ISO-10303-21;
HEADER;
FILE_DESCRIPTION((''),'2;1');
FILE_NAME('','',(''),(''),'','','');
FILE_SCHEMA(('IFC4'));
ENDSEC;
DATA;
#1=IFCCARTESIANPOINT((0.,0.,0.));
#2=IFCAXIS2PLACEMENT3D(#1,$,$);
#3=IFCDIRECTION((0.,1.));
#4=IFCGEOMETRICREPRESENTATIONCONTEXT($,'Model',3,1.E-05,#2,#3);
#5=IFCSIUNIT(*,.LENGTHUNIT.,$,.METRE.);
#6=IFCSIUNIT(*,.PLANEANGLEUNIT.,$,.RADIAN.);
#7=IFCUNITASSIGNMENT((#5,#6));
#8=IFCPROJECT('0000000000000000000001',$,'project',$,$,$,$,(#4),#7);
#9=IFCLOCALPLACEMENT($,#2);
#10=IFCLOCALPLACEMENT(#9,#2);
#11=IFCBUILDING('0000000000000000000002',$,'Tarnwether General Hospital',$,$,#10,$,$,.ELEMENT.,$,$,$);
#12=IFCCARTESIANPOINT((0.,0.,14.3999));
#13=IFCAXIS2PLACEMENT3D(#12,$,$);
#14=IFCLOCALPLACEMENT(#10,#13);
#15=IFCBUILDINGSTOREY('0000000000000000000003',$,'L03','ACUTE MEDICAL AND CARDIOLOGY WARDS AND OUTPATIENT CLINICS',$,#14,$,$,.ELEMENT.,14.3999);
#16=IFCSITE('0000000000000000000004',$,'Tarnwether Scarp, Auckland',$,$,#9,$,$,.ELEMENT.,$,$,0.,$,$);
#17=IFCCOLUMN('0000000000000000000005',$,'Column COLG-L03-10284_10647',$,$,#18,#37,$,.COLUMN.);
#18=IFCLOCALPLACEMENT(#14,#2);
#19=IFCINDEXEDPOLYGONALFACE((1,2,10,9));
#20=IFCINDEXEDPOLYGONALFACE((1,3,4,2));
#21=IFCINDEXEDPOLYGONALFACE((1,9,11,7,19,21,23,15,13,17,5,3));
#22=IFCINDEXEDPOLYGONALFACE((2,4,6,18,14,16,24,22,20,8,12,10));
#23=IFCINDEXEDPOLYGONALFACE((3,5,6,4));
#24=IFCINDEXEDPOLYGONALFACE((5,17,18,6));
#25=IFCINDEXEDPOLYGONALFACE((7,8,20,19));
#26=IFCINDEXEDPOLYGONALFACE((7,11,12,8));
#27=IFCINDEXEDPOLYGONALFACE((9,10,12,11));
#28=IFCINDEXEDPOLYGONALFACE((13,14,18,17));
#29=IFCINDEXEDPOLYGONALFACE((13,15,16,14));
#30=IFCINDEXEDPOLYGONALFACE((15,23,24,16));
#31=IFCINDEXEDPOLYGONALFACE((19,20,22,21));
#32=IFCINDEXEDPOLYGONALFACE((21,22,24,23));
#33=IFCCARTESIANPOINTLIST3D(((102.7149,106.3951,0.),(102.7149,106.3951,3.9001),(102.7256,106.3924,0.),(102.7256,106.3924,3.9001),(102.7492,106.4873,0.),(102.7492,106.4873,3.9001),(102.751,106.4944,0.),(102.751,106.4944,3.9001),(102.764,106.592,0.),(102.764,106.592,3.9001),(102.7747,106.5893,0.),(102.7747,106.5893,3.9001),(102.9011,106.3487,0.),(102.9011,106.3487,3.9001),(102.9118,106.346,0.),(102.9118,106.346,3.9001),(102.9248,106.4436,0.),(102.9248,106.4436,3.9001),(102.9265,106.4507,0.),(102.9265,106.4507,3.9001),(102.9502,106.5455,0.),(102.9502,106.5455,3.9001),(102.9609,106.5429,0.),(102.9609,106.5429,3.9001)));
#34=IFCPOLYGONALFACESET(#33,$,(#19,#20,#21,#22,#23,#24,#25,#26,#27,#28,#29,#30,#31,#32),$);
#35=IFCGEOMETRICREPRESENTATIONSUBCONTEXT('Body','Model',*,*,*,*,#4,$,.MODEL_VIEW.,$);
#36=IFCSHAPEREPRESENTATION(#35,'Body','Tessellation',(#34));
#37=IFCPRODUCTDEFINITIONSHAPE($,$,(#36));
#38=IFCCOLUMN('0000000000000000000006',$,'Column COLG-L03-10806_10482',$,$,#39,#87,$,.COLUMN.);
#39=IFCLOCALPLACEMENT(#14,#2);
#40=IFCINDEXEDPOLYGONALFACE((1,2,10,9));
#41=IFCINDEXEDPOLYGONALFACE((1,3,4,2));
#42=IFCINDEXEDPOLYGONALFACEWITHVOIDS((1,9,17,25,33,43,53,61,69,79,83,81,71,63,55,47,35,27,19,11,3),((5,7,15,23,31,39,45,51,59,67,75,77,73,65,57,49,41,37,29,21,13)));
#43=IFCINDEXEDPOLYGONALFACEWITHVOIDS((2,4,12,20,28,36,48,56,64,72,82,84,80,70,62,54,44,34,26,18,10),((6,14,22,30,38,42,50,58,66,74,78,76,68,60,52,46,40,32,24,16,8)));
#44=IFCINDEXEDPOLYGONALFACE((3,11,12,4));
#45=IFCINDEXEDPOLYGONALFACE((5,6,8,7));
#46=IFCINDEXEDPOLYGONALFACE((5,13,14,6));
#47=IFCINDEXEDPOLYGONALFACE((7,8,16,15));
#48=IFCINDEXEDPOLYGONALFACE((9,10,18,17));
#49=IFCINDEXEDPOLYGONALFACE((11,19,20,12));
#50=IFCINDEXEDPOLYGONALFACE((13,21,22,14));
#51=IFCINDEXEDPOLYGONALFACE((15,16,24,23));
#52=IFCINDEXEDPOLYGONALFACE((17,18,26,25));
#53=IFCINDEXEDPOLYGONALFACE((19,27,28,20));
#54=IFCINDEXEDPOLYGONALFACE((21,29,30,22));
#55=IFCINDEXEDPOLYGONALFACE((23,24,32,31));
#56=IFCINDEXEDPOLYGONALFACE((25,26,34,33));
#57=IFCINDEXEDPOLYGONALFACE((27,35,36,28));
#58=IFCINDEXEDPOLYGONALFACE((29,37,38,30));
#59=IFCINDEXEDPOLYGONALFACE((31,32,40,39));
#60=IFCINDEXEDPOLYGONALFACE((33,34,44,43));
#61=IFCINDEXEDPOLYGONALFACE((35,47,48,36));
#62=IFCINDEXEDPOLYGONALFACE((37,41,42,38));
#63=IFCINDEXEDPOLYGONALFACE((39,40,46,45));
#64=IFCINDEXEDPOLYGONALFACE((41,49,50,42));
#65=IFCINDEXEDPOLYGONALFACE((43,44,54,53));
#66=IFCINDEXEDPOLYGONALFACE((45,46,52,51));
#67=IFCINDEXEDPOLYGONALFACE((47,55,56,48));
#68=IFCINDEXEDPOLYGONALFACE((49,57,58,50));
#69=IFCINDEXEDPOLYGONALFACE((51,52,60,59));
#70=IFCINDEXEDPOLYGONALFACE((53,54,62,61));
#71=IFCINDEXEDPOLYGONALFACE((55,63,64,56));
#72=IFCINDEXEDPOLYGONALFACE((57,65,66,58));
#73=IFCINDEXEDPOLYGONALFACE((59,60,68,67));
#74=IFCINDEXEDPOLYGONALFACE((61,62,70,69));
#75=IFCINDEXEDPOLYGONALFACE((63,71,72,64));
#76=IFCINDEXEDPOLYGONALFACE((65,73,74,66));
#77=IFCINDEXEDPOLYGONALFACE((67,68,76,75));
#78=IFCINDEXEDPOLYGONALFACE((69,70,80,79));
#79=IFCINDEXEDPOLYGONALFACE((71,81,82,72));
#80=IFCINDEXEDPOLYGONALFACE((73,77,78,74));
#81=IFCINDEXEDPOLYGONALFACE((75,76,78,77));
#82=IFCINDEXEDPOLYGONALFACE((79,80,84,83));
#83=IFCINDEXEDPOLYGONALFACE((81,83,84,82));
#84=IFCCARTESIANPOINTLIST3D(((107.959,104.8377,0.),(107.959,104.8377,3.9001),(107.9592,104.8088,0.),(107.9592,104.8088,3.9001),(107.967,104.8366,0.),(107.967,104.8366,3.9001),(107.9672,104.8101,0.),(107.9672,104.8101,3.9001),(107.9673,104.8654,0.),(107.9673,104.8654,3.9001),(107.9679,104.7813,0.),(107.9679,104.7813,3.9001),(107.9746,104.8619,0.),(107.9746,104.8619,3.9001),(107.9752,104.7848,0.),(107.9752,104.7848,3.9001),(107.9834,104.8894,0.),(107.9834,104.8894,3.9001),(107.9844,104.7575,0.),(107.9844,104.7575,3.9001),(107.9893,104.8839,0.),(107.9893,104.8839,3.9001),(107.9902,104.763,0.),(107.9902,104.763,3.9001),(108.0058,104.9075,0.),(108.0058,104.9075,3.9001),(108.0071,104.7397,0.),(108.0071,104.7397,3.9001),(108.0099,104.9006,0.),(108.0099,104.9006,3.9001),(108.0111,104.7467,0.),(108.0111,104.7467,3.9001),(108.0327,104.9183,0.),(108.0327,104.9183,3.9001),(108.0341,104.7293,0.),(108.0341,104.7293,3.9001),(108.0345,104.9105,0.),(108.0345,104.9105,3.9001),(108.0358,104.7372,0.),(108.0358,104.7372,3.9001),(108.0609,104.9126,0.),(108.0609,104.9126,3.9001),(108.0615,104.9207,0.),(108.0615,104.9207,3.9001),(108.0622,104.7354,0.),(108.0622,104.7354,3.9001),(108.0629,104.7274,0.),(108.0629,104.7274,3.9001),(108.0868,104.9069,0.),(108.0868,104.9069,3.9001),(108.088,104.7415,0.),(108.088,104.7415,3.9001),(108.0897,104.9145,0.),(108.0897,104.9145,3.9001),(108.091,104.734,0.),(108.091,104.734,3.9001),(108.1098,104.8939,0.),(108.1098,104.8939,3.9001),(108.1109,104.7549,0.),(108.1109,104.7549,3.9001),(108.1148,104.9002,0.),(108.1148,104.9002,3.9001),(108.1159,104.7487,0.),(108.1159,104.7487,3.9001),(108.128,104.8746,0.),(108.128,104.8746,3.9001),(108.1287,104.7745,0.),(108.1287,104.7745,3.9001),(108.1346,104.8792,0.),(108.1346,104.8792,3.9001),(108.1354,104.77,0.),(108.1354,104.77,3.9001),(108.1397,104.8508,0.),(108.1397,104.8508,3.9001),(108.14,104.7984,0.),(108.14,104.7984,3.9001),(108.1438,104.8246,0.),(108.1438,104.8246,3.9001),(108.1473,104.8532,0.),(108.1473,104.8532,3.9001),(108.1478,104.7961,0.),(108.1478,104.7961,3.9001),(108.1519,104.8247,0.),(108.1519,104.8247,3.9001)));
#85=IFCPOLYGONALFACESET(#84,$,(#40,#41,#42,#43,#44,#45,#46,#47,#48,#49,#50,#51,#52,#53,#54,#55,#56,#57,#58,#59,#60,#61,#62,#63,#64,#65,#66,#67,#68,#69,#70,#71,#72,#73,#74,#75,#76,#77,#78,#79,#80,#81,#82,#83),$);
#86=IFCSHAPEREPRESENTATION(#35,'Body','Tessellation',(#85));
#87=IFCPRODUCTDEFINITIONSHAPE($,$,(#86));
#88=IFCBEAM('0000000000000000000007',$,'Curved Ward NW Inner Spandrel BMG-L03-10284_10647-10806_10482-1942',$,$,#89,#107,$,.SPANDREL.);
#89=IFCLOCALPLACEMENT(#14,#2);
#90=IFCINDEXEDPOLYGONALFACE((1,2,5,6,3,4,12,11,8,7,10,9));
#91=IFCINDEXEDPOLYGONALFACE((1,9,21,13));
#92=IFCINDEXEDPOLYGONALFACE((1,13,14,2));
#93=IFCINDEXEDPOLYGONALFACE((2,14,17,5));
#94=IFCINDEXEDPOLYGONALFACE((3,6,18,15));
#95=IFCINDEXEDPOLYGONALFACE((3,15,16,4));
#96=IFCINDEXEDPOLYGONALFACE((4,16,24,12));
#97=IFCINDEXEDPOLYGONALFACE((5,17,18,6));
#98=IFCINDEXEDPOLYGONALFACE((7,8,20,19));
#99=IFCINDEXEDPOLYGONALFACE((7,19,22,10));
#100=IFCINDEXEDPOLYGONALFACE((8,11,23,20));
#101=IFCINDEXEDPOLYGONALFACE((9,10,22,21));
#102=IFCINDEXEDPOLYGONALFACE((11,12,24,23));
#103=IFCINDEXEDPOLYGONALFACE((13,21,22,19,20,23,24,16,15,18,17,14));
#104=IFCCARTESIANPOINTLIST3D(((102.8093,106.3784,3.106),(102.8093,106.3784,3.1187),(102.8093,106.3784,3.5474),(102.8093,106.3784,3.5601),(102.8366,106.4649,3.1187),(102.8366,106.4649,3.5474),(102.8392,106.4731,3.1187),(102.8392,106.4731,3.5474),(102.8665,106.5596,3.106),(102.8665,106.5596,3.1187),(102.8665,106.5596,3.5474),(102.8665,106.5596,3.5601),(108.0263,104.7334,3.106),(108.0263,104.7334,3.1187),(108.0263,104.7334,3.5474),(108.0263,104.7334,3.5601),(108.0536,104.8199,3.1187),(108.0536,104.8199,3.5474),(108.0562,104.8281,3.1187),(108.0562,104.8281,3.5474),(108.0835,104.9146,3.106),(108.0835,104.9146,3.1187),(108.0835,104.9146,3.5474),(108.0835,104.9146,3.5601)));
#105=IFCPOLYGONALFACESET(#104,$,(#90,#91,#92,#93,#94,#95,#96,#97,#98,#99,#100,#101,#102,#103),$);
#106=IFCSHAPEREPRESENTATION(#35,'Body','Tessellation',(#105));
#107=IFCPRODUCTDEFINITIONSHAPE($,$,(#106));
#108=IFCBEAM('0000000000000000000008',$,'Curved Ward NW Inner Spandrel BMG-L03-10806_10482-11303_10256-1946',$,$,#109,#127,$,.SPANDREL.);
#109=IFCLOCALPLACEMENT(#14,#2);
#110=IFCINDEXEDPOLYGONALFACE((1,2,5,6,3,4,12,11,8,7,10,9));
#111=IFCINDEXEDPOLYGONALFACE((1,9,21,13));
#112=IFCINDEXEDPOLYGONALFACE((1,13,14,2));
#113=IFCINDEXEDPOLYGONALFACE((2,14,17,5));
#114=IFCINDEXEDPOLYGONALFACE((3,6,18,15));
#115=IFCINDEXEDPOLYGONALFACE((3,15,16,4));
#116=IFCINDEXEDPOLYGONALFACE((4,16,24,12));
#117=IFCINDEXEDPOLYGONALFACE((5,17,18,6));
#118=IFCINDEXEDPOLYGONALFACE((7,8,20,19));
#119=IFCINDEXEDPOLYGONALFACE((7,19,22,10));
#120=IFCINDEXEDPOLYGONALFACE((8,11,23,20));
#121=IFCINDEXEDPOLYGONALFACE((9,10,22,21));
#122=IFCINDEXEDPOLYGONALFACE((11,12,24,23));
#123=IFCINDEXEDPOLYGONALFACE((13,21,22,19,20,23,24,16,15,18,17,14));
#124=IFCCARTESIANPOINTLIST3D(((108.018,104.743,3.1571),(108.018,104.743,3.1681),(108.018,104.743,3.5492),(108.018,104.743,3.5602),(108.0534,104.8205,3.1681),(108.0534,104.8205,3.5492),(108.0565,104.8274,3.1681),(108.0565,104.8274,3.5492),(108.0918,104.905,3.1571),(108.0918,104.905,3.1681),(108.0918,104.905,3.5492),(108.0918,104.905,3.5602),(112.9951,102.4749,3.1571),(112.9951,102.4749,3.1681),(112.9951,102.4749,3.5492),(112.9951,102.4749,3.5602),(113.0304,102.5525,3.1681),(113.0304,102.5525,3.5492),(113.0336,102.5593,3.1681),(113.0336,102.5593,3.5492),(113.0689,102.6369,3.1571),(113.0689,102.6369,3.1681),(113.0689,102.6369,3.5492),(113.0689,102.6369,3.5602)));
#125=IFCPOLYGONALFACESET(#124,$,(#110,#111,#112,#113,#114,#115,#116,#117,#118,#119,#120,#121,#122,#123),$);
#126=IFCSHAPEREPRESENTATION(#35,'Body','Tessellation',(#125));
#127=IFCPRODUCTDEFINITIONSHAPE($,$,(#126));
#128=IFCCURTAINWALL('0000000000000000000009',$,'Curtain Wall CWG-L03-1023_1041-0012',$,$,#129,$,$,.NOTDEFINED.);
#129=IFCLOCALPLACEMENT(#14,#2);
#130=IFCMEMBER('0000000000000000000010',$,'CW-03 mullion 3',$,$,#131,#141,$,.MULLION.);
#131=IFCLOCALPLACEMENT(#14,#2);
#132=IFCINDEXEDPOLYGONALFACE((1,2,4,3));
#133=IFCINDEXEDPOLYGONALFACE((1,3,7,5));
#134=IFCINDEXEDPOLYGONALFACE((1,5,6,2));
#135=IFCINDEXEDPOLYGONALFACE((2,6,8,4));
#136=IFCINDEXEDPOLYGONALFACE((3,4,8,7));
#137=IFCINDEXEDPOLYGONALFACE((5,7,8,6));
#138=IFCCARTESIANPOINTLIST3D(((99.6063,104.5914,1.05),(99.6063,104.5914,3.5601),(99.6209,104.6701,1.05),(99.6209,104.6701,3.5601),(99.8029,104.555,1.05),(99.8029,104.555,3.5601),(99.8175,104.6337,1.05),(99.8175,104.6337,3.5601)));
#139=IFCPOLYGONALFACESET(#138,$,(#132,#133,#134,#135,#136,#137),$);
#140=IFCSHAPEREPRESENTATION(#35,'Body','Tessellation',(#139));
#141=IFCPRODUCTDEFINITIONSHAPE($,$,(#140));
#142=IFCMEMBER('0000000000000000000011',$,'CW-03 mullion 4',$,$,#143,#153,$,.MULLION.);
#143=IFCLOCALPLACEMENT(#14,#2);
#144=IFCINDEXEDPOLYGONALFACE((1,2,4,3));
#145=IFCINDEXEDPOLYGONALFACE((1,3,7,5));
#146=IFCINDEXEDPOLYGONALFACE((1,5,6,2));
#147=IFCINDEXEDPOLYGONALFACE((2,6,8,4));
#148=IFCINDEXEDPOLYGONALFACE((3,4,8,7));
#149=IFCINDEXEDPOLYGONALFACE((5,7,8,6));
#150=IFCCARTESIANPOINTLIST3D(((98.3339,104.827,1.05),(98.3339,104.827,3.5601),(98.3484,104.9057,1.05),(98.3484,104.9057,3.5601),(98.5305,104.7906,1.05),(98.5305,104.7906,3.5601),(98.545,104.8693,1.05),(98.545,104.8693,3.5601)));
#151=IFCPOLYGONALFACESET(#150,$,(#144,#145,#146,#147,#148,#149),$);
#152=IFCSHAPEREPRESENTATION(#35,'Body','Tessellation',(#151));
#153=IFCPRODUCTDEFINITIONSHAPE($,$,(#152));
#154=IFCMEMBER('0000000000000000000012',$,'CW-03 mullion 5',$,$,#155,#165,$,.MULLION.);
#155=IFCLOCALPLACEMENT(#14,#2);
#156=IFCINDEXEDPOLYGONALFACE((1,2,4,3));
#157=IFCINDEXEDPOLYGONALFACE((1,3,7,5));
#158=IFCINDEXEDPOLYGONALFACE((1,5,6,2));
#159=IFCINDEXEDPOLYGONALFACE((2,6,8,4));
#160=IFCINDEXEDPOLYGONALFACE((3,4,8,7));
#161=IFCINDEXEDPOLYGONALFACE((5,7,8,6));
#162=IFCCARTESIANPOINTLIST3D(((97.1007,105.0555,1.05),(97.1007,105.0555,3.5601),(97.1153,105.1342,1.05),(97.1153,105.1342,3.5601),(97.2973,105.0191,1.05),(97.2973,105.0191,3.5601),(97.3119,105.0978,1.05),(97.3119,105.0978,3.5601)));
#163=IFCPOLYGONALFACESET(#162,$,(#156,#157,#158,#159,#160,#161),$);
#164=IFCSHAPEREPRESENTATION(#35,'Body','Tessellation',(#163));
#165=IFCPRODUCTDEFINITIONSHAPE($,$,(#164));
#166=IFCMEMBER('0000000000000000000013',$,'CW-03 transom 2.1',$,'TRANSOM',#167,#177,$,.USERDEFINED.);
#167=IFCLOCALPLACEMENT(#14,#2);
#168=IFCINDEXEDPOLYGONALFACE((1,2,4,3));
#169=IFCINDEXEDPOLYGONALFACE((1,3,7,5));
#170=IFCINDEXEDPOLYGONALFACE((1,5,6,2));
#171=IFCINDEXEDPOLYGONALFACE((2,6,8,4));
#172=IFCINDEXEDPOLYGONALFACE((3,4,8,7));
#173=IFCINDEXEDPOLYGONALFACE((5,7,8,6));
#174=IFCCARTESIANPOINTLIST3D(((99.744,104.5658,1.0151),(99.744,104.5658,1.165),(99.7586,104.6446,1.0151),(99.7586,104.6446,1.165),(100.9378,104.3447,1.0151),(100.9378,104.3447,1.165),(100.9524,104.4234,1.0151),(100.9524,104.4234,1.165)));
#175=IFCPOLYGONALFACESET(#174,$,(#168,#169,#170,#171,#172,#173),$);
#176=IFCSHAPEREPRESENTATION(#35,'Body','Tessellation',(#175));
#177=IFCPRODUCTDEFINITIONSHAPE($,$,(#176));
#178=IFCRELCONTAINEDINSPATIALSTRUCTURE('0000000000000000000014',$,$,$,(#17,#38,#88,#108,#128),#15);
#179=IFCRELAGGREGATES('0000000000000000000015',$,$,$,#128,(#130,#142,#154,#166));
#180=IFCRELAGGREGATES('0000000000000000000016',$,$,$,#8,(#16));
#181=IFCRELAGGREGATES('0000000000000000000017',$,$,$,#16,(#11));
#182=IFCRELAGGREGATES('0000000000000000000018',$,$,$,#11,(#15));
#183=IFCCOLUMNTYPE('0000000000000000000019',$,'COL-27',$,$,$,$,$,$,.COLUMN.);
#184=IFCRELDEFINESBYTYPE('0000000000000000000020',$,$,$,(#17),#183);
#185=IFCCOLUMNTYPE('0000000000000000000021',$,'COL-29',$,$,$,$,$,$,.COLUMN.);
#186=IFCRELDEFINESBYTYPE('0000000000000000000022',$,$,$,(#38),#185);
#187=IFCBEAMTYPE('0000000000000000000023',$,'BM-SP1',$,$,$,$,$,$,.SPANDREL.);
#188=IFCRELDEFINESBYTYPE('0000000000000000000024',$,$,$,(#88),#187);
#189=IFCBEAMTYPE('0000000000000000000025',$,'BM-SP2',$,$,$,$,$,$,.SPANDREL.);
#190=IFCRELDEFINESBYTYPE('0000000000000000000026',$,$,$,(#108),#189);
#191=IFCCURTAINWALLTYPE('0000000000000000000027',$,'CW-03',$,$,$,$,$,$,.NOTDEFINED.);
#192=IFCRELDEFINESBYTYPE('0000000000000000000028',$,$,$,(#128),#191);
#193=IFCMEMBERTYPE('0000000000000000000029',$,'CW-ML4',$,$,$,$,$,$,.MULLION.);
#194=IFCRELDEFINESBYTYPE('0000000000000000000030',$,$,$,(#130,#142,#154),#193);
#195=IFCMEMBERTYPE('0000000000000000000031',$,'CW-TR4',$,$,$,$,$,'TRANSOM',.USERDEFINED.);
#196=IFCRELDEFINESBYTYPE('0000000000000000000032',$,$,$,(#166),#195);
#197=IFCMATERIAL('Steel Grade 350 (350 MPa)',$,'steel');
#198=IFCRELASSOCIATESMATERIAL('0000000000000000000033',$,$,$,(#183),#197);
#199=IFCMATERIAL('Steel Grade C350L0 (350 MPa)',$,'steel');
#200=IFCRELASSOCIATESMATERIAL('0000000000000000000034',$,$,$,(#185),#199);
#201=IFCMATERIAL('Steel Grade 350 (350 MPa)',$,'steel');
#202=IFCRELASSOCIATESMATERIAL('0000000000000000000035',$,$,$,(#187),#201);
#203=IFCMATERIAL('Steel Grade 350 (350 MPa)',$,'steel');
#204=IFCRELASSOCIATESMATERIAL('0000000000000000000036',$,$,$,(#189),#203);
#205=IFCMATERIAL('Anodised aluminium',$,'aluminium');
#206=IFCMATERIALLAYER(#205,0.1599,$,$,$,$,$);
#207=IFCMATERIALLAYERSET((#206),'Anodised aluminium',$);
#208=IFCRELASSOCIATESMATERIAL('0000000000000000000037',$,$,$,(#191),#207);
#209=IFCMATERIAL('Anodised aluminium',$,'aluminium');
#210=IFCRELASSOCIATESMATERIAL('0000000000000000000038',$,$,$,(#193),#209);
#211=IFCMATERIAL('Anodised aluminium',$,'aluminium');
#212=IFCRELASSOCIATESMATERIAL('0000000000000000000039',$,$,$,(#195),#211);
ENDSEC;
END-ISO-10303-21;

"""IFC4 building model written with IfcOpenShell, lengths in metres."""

from ifc_helpers import new_model, si_unit, direction, frame, origin, origin_2d, place, context, subcontext, project, spatial, rectangle, hollow_circle, i_section, extrude, material, layer, layer_set, material_profile, profile_set, type_object, element, aggregate, save


model = new_model("IFC4")

# Units and contexts
model_context = context("Model", 3, precision=1e-05, world=origin(), true_north=direction((0.0, 1.0)))
body_context = subcontext(model_context, "Body", "Model", "MODEL_VIEW")
ifc_project = project(units=[si_unit("LENGTHUNIT", "METRE"), si_unit("PLANEANGLEUNIT", "RADIAN")], contexts=[model_context])

# Site, building, storey
site_placement = place(None, origin())
site = spatial("IfcSite", under=ifc_project, at=site_placement, Name="Tarnwether Scarp, Auckland", CompositionType="ELEMENT", RefElevation=0.0)
building_placement = place(site_placement, origin())
building = spatial("IfcBuilding", under=site, at=building_placement, Name="Tarnwether General Hospital", CompositionType="ELEMENT")
storey_placement = place(building_placement, frame((0.0, 0.0, 14.3999)))
storey = spatial("IfcBuildingStorey", under=building, at=storey_placement, Name="L03", Description="ACUTE MEDICAL AND CARDIOLOGY WARDS AND OUTPATIENT CLINICS", CompositionType="ELEMENT", Elevation=14.3999)

# Columns
ifc_material_1 = material(Name="Steel Grade 350 (350 MPa)", Category="steel")
ifc_material_profile_1 = material_profile(ifc_material_1, i_section(OverallWidth=0.2029, OverallDepth=0.2029, WebThickness=0.0073, FlangeThickness=0.011, at=origin_2d()), Name="200UC46.2")
ifc_profile_set_1 = profile_set([ifc_material_profile_1], Name="Steel Grade 350 (350 MPa)")
column_type_1 = type_object("IfcColumnType", Name="COL-27", PredefinedType="COLUMN", material=ifc_profile_set_1)
column_1_placement = place(storey_placement, frame((102.8379, 106.469, 0.0), z_axis=(0.0, 0.0, 1.0), x_axis=(0.241922, 0.970296, 0.0)))
element("IfcColumn", 1, at=column_1_placement, inside=storey, type_object=column_type_1, Name="Column COLG-L03-10284_10647", PredefinedType="COLUMN", context=body_context, shape_type="SweptSolid", body=[
    extrude(i_section(OverallWidth=0.2029, OverallDepth=0.2029, WebThickness=0.0073, FlangeThickness=0.011, at=origin_2d()), origin(), (0.0, 0.0, 1.0), 3.9001),
])
ifc_material_2 = material(Name="Steel Grade C350L0 (350 MPa)", Category="steel")
ifc_material_profile_2 = material_profile(ifc_material_2, hollow_circle(Radius=0.0969, WallThickness=0.0081, at=origin_2d()), Name="CHS193.7x8.0")
ifc_profile_set_2 = profile_set([ifc_material_profile_2], Name="Steel Grade C350L0 (350 MPa)")
column_type_2 = type_object("IfcColumnType", Name="COL-29", PredefinedType="COLUMN", material=ifc_profile_set_2)
column_2_placement = place(storey_placement, frame((108.0549, 104.824, 0.0), z_axis=(0.0, 0.0, 1.0), x_axis=(0.358368, 0.93358, 0.0)))
element("IfcColumn", 2, at=column_2_placement, inside=storey, type_object=column_type_2, Name="Column COLG-L03-10806_10482", PredefinedType="COLUMN", context=body_context, shape_type="SweptSolid", body=[
    extrude(hollow_circle(Radius=0.0969, WallThickness=0.0081, at=origin_2d()), origin(), (0.0, 0.0, 1.0), 3.9001),
])

# Beams
ifc_material_3 = material(Name="Steel Grade 350 (350 MPa)", Category="steel")
ifc_material_profile_3 = material_profile(ifc_material_3, i_section(OverallWidth=0.1899, OverallDepth=0.4541, WebThickness=0.0085, FlangeThickness=0.0127, at=origin_2d()), Name="460UB67.1")
ifc_profile_set_3 = profile_set([ifc_material_profile_3], Name="Steel Grade 350 (350 MPa)")
beam_type_1 = type_object("IfcBeamType", Name="BM-SP1", PredefinedType="SPANDREL", material=ifc_profile_set_3)
beam_1_placement = place(storey_placement, frame((102.8379, 106.469, 3.333), z_axis=(0.953712, -0.300721, 0.0), x_axis=(0.300721, 0.953712, 0.0)))
element("IfcBeam", 3, at=beam_1_placement, inside=storey, type_object=beam_type_1, Name="Curved Ward NW Inner Spandrel BMG-L03-10284_10647-10806_10482-1942", PredefinedType="SPANDREL", context=body_context, shape_type="SweptSolid", body=[
    extrude(i_section(OverallWidth=0.1899, OverallDepth=0.4541, WebThickness=0.0085, FlangeThickness=0.0127, at=origin_2d()), origin(), (0.0, 0.0, 1.0), 5.4702),
])
ifc_material_4 = material(Name="Steel Grade 350 (350 MPa)", Category="steel")
ifc_material_profile_4 = material_profile(ifc_material_4, i_section(OverallWidth=0.178, OverallDepth=0.4031, WebThickness=0.0076, FlangeThickness=0.011, at=origin_2d()), Name="410UB53.7")
ifc_profile_set_4 = profile_set([ifc_material_profile_4], Name="Steel Grade 350 (350 MPa)")
beam_type_2 = type_object("IfcBeamType", Name="BM-SP2", PredefinedType="SPANDREL", material=ifc_profile_set_4)
beam_2_placement = place(storey_placement, frame((108.0549, 104.824, 3.3586), z_axis=(0.909969, -0.414677, 0.0), x_axis=(0.414677, 0.909969, 0.0)))
element("IfcBeam", 4, at=beam_2_placement, inside=storey, type_object=beam_type_2, Name="Curved Ward NW Inner Spandrel BMG-L03-10806_10482-11303_10256-1946", PredefinedType="SPANDREL", context=body_context, shape_type="SweptSolid", body=[
    extrude(i_section(OverallWidth=0.178, OverallDepth=0.4031, WebThickness=0.0076, FlangeThickness=0.011, at=origin_2d()), origin(), (0.0, 0.0, 1.0), 5.4695),
])

# Curtain wall, members
ifc_material_5 = material(Name="Anodised aluminium", Category="aluminium")
ifc_layer_1 = layer(ifc_material_5, 0.1599)
ifc_layer_set_1 = layer_set([ifc_layer_1], Name="Anodised aluminium")
curtain_wall_type = type_object("IfcCurtainWallType", Name="CW-03", PredefinedType="NOTDEFINED", material=ifc_layer_set_1)
curtain_wall_placement = place(storey_placement, origin())
curtain_wall = element("IfcCurtainWall", 5, at=curtain_wall_placement, inside=storey, type_object=curtain_wall_type, Name="Curtain Wall CWG-L03-1023_1041-0012", PredefinedType="NOTDEFINED")
ifc_material_6 = material(Name="Anodised aluminium", Category="aluminium")
ifc_material_profile_5 = material_profile(ifc_material_6, rectangle(XDim=0.0801, YDim=0.2, at=origin_2d()), Name="ALU-MUL-80x200")
ifc_profile_set_5 = profile_set([ifc_material_profile_5], Name="Anodised aluminium")
member_type_1 = type_object("IfcMemberType", Name="CW-ML4", PredefinedType="MULLION", material=ifc_profile_set_5)
member_1_placement = place(storey_placement, frame((99.7119, 104.6125, 1.05), z_axis=(0.0, 0.0, 1.0), x_axis=(-0.182165, -0.983268, 0.0)))
member_1 = element("IfcMember", 6, at=member_1_placement, type_object=member_type_1, Name="CW-03 mullion 3", PredefinedType="MULLION", context=body_context, shape_type="SweptSolid", body=[
    extrude(rectangle(XDim=0.0801, YDim=0.2, at=origin_2d()), origin(), (0.0, 0.0, 1.0), 2.51),
])
member_2_placement = place(storey_placement, frame((98.4395, 104.8481, 1.05), z_axis=(0.0, 0.0, 1.0), x_axis=(-0.182165, -0.983268, 0.0)))
member_2 = element("IfcMember", 7, at=member_2_placement, type_object=member_type_1, Name="CW-03 mullion 4", PredefinedType="MULLION", context=body_context, shape_type="SweptSolid", body=[
    extrude(rectangle(XDim=0.0801, YDim=0.2, at=origin_2d()), origin(), (0.0, 0.0, 1.0), 2.51),
])
member_3_placement = place(storey_placement, frame((97.2063, 105.0767, 1.05), z_axis=(0.0, 0.0, 1.0), x_axis=(-0.182165, -0.983268, 0.0)))
member_3 = element("IfcMember", 8, at=member_3_placement, type_object=member_type_1, Name="CW-03 mullion 5", PredefinedType="MULLION", context=body_context, shape_type="SweptSolid", body=[
    extrude(rectangle(XDim=0.0801, YDim=0.2, at=origin_2d()), origin(), (0.0, 0.0, 1.0), 2.51),
])
ifc_material_7 = material(Name="Anodised aluminium", Category="aluminium")
ifc_material_profile_6 = material_profile(ifc_material_7, rectangle(XDim=0.0801, YDim=0.1499, at=origin_2d()), Name="ALU-TRN-80x150")
ifc_profile_set_6 = profile_set([ifc_material_profile_6], Name="Anodised aluminium")
member_type_2 = type_object("IfcMemberType", Name="CW-TR4", ElementType="TRANSOM", PredefinedType="USERDEFINED", material=ifc_profile_set_6)
member_4_placement = place(storey_placement, frame((100.9451, 104.384, 1.0901), z_axis=(-0.983266, 0.182176, 0.0), x_axis=(-0.182176, -0.983266, 0.0)))
member_4 = element("IfcMember", 9, at=member_4_placement, type_object=member_type_2, Name="CW-03 transom 2.1", ObjectType="TRANSOM", PredefinedType="USERDEFINED", context=body_context, shape_type="SweptSolid", body=[
    extrude(rectangle(XDim=0.0801, YDim=0.1499, at=origin_2d()), origin(), (0.0, 0.0, 1.0), 1.2141),
])
aggregate(curtain_wall, [member_1, member_2, member_3, member_4])

save(model, "model.ifc")
